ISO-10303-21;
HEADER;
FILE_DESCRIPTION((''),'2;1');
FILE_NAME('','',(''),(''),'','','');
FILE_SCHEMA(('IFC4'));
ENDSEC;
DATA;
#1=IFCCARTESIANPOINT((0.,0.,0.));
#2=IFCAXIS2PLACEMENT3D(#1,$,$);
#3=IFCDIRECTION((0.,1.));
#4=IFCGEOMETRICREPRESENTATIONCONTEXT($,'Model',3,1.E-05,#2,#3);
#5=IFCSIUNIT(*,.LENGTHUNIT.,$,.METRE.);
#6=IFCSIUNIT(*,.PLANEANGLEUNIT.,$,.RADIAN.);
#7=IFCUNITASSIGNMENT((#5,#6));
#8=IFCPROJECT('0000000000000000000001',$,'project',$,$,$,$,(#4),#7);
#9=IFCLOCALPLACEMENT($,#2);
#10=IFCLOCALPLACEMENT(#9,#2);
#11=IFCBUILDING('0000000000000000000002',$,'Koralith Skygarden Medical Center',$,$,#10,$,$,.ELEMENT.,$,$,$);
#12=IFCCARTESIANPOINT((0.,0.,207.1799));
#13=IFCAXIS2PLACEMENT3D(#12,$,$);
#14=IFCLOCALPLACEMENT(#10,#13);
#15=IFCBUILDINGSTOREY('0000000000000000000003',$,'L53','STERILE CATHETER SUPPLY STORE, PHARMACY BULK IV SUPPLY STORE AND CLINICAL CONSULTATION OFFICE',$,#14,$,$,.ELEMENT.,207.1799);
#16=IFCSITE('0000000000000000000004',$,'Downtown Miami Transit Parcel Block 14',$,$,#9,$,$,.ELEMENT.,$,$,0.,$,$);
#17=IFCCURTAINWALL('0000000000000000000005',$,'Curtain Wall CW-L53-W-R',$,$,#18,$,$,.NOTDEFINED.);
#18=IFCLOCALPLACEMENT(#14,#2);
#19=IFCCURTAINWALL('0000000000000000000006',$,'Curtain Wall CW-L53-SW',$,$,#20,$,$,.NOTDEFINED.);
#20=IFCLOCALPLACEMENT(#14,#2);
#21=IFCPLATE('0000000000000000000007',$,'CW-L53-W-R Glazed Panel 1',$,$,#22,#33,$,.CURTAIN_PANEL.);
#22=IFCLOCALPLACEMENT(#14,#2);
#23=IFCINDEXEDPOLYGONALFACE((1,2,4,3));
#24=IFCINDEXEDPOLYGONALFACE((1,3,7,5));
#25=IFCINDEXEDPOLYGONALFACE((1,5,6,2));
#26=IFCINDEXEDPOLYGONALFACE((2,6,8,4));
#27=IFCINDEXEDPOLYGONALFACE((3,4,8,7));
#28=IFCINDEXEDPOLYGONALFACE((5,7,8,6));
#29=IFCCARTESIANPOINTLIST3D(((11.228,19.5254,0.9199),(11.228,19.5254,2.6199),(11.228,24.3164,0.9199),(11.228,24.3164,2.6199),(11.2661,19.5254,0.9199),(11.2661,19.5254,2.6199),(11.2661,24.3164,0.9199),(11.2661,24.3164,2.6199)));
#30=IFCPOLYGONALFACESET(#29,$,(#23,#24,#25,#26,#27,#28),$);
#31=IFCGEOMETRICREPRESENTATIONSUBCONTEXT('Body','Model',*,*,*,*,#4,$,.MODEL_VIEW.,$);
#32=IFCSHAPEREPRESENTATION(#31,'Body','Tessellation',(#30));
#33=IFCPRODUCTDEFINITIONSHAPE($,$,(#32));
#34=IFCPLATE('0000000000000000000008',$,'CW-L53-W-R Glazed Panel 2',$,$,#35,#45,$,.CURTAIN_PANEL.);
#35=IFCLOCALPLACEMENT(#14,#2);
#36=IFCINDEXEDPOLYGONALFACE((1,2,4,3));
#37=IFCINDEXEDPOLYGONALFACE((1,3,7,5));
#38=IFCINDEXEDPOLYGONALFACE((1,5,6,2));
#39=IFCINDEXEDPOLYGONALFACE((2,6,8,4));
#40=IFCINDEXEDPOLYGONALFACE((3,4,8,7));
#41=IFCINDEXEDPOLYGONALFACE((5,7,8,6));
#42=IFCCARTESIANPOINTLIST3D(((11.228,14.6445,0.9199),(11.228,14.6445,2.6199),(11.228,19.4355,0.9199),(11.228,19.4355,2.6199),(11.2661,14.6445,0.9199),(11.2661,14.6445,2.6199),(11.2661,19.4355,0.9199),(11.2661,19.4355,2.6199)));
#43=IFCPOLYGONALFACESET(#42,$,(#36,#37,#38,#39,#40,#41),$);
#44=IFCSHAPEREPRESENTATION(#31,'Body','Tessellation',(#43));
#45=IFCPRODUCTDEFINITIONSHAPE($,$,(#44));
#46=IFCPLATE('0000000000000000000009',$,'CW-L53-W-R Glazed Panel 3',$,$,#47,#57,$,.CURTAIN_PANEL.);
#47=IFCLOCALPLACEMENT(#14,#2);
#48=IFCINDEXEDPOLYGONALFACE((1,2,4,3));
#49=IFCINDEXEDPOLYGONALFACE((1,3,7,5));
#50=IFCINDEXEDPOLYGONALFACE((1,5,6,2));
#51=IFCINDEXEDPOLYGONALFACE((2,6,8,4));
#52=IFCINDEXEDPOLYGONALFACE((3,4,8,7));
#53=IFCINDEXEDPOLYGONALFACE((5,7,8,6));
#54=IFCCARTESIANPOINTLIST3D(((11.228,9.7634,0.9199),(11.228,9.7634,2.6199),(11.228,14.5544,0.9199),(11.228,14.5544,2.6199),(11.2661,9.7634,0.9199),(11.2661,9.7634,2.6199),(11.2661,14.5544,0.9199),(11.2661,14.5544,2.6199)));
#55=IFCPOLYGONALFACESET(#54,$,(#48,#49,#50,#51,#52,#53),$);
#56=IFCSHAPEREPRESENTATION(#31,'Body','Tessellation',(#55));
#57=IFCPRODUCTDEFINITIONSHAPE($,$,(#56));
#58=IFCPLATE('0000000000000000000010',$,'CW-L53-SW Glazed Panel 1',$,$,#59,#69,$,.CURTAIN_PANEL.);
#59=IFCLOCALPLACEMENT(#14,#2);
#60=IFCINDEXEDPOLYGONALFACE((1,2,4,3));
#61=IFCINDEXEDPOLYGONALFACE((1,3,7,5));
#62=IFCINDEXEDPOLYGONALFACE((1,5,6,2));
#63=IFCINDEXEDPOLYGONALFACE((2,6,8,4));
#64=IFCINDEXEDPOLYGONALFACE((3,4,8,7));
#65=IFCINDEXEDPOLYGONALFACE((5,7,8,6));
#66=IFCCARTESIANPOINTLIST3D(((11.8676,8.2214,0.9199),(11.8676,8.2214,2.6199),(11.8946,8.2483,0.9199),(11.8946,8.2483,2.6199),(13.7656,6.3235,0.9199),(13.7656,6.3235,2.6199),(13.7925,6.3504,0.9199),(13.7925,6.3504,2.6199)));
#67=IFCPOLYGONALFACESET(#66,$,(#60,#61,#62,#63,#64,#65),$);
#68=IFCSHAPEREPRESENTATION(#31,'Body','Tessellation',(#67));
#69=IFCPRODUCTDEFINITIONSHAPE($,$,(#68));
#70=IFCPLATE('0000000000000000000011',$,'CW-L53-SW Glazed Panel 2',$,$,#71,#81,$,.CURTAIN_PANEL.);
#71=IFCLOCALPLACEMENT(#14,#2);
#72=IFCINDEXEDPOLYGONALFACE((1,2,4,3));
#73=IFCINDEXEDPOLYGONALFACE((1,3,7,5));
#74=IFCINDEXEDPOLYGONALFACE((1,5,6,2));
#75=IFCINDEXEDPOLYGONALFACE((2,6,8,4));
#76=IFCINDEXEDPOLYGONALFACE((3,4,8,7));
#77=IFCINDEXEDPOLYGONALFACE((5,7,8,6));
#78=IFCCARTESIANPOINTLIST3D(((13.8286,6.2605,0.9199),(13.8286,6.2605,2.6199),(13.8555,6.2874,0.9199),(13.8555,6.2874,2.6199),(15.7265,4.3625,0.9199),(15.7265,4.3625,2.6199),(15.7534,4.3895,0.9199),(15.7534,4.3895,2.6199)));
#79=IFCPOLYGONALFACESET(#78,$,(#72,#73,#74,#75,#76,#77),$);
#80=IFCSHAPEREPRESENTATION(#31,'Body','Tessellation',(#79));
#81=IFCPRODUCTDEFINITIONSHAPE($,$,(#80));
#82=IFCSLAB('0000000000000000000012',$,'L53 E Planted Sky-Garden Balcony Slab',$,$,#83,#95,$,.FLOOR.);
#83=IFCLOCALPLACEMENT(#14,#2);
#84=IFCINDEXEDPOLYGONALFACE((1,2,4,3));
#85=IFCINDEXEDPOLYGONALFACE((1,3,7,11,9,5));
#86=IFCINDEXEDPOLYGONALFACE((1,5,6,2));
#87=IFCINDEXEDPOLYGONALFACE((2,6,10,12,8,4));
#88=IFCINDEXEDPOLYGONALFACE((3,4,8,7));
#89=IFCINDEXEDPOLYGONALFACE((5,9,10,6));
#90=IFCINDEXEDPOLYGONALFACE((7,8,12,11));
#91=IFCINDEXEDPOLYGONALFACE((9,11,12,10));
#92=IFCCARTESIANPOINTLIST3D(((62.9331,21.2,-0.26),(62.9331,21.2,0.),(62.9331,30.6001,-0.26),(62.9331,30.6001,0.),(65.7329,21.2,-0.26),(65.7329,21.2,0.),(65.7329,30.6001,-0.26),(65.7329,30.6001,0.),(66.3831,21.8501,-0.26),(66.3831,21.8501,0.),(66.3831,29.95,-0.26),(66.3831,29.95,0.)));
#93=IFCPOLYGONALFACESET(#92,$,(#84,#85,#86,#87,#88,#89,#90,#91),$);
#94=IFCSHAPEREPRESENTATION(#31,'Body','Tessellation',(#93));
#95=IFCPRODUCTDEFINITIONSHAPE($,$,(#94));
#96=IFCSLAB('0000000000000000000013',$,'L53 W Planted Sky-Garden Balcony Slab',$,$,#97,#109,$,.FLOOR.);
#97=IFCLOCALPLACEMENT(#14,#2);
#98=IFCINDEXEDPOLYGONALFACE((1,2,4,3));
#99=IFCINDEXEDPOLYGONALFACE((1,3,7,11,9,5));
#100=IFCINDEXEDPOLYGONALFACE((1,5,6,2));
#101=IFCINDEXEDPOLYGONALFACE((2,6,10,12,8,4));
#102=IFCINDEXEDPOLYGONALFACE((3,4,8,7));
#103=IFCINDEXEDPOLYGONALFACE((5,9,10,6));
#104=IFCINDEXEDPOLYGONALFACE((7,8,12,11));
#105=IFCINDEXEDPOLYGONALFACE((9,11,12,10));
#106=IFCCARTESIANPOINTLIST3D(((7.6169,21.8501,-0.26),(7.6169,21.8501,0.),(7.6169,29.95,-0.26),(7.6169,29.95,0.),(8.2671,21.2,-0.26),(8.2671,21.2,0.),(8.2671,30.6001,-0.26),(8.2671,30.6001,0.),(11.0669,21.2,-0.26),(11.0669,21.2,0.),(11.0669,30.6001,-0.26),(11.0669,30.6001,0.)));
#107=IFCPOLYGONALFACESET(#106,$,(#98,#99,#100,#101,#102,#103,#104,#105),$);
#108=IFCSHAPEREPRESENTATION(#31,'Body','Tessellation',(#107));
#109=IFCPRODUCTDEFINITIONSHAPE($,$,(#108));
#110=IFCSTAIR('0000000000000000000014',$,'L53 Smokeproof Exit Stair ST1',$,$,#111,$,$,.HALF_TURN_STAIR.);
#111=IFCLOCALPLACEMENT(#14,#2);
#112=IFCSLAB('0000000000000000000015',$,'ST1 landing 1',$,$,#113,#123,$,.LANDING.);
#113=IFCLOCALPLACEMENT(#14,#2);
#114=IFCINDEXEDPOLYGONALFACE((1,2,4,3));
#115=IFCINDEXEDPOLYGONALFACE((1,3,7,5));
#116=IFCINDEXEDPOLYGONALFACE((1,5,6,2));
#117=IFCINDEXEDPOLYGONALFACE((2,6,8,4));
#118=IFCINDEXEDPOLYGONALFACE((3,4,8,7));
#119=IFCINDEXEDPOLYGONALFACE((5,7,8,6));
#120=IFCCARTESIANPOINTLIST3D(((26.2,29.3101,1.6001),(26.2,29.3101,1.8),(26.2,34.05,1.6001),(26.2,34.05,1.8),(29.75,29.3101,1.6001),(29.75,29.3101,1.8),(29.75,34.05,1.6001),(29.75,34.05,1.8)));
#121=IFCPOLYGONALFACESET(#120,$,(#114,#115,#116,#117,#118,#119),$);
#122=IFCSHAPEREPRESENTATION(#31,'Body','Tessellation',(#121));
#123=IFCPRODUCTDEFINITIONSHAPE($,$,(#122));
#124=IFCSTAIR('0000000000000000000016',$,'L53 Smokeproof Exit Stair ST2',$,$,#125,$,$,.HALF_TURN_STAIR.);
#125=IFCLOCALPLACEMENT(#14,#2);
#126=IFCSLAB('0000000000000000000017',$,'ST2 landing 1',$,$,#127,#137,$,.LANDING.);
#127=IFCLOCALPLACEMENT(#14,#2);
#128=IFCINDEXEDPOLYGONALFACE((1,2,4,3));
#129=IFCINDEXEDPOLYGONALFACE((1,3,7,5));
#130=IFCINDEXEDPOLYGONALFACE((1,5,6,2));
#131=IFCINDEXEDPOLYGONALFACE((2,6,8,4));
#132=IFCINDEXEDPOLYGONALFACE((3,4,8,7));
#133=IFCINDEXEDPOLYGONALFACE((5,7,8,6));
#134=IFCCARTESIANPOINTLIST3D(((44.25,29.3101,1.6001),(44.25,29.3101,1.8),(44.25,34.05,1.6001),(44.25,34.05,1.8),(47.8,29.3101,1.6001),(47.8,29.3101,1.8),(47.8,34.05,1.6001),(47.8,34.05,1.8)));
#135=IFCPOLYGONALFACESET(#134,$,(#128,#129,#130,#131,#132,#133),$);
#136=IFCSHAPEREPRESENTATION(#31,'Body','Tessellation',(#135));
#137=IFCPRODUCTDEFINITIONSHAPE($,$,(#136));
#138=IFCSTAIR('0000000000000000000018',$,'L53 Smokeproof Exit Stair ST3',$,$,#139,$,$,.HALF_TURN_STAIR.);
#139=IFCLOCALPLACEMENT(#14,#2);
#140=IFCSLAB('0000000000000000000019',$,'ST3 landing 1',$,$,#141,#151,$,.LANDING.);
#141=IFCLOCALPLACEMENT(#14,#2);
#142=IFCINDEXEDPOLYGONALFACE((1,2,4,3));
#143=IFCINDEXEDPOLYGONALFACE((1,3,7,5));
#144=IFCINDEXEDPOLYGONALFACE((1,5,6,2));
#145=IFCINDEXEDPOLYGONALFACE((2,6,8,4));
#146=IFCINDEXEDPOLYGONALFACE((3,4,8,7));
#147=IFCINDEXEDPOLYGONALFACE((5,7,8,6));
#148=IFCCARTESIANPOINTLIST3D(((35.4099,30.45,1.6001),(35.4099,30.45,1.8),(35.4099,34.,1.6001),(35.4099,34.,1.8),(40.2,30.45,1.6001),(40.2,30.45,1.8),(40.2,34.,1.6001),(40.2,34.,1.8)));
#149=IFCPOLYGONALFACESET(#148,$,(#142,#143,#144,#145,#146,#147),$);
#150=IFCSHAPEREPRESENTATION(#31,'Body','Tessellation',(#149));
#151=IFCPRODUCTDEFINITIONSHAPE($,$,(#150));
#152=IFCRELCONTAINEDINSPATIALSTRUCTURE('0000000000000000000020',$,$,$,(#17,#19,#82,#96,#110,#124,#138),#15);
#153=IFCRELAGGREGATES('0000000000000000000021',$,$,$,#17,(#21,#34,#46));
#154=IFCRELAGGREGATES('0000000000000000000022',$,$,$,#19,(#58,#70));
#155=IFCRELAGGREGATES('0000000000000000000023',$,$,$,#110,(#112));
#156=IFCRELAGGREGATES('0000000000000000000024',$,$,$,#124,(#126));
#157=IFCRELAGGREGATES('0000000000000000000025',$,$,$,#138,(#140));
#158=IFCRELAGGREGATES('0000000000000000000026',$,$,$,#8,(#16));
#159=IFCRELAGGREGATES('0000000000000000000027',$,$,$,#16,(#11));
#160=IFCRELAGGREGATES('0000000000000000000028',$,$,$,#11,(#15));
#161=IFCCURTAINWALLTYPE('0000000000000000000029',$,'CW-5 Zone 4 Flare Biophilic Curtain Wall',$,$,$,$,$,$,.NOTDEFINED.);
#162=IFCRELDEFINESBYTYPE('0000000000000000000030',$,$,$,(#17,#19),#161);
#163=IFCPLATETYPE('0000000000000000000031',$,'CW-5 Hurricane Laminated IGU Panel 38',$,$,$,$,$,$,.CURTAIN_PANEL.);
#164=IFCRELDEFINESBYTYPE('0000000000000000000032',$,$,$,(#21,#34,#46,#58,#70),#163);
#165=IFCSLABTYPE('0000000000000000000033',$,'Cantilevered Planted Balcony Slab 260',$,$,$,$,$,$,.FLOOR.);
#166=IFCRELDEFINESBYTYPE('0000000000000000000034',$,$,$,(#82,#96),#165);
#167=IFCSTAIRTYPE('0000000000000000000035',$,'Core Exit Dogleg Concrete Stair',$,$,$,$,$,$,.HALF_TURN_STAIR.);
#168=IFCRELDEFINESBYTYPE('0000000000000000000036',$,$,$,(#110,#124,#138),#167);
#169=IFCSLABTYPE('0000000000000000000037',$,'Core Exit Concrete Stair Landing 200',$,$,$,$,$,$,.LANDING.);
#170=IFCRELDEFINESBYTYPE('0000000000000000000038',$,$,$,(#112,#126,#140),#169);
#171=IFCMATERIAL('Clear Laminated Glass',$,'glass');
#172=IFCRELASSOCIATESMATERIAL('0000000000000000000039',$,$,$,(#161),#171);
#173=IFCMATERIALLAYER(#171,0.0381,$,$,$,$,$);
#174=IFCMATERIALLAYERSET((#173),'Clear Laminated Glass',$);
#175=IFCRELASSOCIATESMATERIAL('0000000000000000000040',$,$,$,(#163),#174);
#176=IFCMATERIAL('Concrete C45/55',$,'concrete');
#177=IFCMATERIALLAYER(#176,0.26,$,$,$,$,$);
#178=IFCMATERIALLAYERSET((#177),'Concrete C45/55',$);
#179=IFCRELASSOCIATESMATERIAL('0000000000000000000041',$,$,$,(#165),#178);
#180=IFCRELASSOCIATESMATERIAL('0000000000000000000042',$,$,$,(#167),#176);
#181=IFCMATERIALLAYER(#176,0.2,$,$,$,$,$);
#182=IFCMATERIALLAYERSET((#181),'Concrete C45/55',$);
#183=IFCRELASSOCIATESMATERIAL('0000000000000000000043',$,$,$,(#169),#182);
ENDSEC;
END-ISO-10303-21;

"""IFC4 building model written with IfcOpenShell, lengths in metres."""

from ifc_helpers import new_model, si_unit, direction, frame, origin, origin_2d, place, context, subcontext, project, spatial, polyline, rectangle, outline, extrude, material, layer, layer_set, type_object, element, aggregate, save


model = new_model("IFC4")

# Units and contexts
model_context = context("Model", 3, precision=1e-05, world=origin(), true_north=direction((0.0, 1.0)))
body_context = subcontext(model_context, "Body", "Model", "MODEL_VIEW")
ifc_project = project(units=[si_unit("LENGTHUNIT", "METRE"), si_unit("PLANEANGLEUNIT", "RADIAN")], contexts=[model_context])

# Site, building, storey
site_placement = place(None, origin())
site = spatial("IfcSite", under=ifc_project, at=site_placement, Name="Downtown Miami Transit Parcel Block 14", CompositionType="ELEMENT", RefElevation=0.0)
building_placement = place(site_placement, origin())
building = spatial("IfcBuilding", under=site, at=building_placement, Name="Koralith Skygarden Medical Center", CompositionType="ELEMENT")
storey_placement = place(building_placement, frame((0.0, 0.0, 207.1799)))
storey = spatial("IfcBuildingStorey", under=building, at=storey_placement, Name="L53", Description="STERILE CATHETER SUPPLY STORE, PHARMACY BULK IV SUPPLY STORE AND CLINICAL CONSULTATION OFFICE", CompositionType="ELEMENT", Elevation=207.1799)

# Curtain walls
ifc_material_1 = material(Name="Clear Laminated Glass", Category="glass")
curtain_wall_type = type_object("IfcCurtainWallType", Name="CW-5 Zone 4 Flare Biophilic Curtain Wall", PredefinedType="NOTDEFINED", material=ifc_material_1)
curtain_wall_1_placement = place(storey_placement, origin())
curtain_wall_1 = element("IfcCurtainWall", 1, at=curtain_wall_1_placement, inside=storey, type_object=curtain_wall_type, Name="Curtain Wall CW-L53-W-R", PredefinedType="NOTDEFINED")
curtain_wall_2_placement = place(storey_placement, origin())
curtain_wall_2 = element("IfcCurtainWall", 2, at=curtain_wall_2_placement, inside=storey, type_object=curtain_wall_type, Name="Curtain Wall CW-L53-SW", PredefinedType="NOTDEFINED")

# Shared definitions
ifc_material_2 = material(Name="Concrete C45/55", Category="concrete")

# Plates
ifc_layer_1 = layer(ifc_material_1, 0.0381)
ifc_layer_set_1 = layer_set([ifc_layer_1], Name="Clear Laminated Glass")
plate_type_1 = type_object("IfcPlateType", Name="CW-5 Hurricane Laminated IGU Panel 38", PredefinedType="CURTAIN_PANEL", material=ifc_layer_set_1)
plate_1_placement = place(storey_placement, frame((11.2471, 21.9209, 0.9199), z_axis=(0.0, 0.0, 1.0), x_axis=(0.0, -1.0, 0.0)))
plate_1 = element("IfcPlate", 3, at=plate_1_placement, type_object=plate_type_1, Name="CW-L53-W-R Glazed Panel 1", PredefinedType="CURTAIN_PANEL", context=body_context, shape_type="SweptSolid", body=[
    extrude(rectangle(XDim=4.791, YDim=0.0381, at=origin_2d()), origin(), (0.0, 0.0, 1.0), 1.7),
])
plate_2_placement = place(storey_placement, frame((11.2471, 17.04, 0.9199), z_axis=(0.0, 0.0, 1.0), x_axis=(0.0, -1.0, 0.0)))
plate_2 = element("IfcPlate", 4, at=plate_2_placement, type_object=plate_type_1, Name="CW-L53-W-R Glazed Panel 2", PredefinedType="CURTAIN_PANEL", context=body_context, shape_type="SweptSolid", body=[
    extrude(rectangle(XDim=4.791, YDim=0.0381, at=origin_2d()), origin(), (0.0, 0.0, 1.0), 1.7),
])
plate_3_placement = place(storey_placement, frame((11.2471, 12.1589, 0.9199), z_axis=(0.0, 0.0, 1.0), x_axis=(0.0, -1.0, 0.0)))
plate_3 = element("IfcPlate", 5, at=plate_3_placement, type_object=plate_type_1, Name="CW-L53-W-R Glazed Panel 3", PredefinedType="CURTAIN_PANEL", context=body_context, shape_type="SweptSolid", body=[
    extrude(rectangle(XDim=4.791, YDim=0.0381, at=origin_2d()), origin(), (0.0, 0.0, 1.0), 1.7),
])
aggregate(curtain_wall_1, [plate_1, plate_2, plate_3])
plate_4_placement = place(storey_placement, frame((12.8301, 7.2859, 0.9199), z_axis=(0.0, 0.0, 1.0), x_axis=(0.707107, -0.707107, 0.0)))
plate_4 = element("IfcPlate", 6, at=plate_4_placement, type_object=plate_type_1, Name="CW-L53-SW Glazed Panel 1", PredefinedType="CURTAIN_PANEL", context=body_context, shape_type="SweptSolid", body=[
    extrude(rectangle(XDim=2.6841, YDim=0.0381, at=origin_2d()), origin(), (0.0, 0.0, 1.0), 1.7),
])
plate_5_placement = place(storey_placement, frame((14.791, 5.325, 0.9199), z_axis=(0.0, 0.0, 1.0), x_axis=(0.707107, -0.707107, 0.0)))
plate_5 = element("IfcPlate", 7, at=plate_5_placement, type_object=plate_type_1, Name="CW-L53-SW Glazed Panel 2", PredefinedType="CURTAIN_PANEL", context=body_context, shape_type="SweptSolid", body=[
    extrude(rectangle(XDim=2.6841, YDim=0.0381, at=origin_2d()), origin(), (0.0, 0.0, 1.0), 1.7),
])
aggregate(curtain_wall_2, [plate_4, plate_5])

# Slabs
ifc_layer_2 = layer(ifc_material_2, 0.26)
ifc_layer_set_2 = layer_set([ifc_layer_2], Name="Concrete C45/55")
slab_type_1 = type_object("IfcSlabType", Name="Cantilevered Planted Balcony Slab 260", PredefinedType="FLOOR", material=ifc_layer_set_2)
slab_1_placement = place(storey_placement, frame((0.0, 0.0, -0.26)))
element("IfcSlab", 8, at=slab_1_placement, inside=storey, type_object=slab_type_1, Name="L53 E Planted Sky-Garden Balcony Slab", PredefinedType="FLOOR", context=body_context, shape_type="SweptSolid", body=[
    extrude(outline(polyline([(62.9331, 21.2), (65.7329, 21.2), (66.3831, 21.8501), (66.3831, 29.95), (65.7329, 30.6001), (62.9331, 30.6001), (62.9331, 21.2)])), origin(), (0.0, 0.0, 1.0), 0.26),
])
slab_2_placement = place(storey_placement, frame((0.0, 0.0, -0.26)))
element("IfcSlab", 9, at=slab_2_placement, inside=storey, type_object=slab_type_1, Name="L53 W Planted Sky-Garden Balcony Slab", PredefinedType="FLOOR", context=body_context, shape_type="SweptSolid", body=[
    extrude(outline(polyline([(8.2671, 21.2), (11.0669, 21.2), (11.0669, 30.6001), (8.2671, 30.6001), (7.6169, 29.95), (7.6169, 21.8501), (8.2671, 21.2)])), origin(), (0.0, 0.0, 1.0), 0.26),
])

# Stairs, slabs
stair_type = type_object("IfcStairType", Name="Core Exit Dogleg Concrete Stair", PredefinedType="HALF_TURN_STAIR", material=ifc_material_2)
stair_1_placement = place(storey_placement, origin())
stair_1 = element("IfcStair", 10, at=stair_1_placement, inside=storey, type_object=stair_type, Name="L53 Smokeproof Exit Stair ST1", PredefinedType="HALF_TURN_STAIR")
ifc_layer_3 = layer(ifc_material_2, 0.2)
ifc_layer_set_3 = layer_set([ifc_layer_3], Name="Concrete C45/55")
slab_type_2 = type_object("IfcSlabType", Name="Core Exit Concrete Stair Landing 200", PredefinedType="LANDING", material=ifc_layer_set_3)
slab_3_placement = place(storey_placement, frame((0.0, 0.0, 1.6001)))
slab_3 = element("IfcSlab", 11, at=slab_3_placement, type_object=slab_type_2, Name="ST1 landing 1", PredefinedType="LANDING", context=body_context, shape_type="SweptSolid", body=[
    extrude(outline(polyline([(29.75, 29.3101), (29.75, 34.05), (26.2, 34.05), (26.2, 29.3101), (29.75, 29.3101)])), origin(), (0.0, 0.0, 1.0), 0.2),
])
aggregate(stair_1, [slab_3])
stair_2_placement = place(storey_placement, origin())
stair_2 = element("IfcStair", 12, at=stair_2_placement, inside=storey, type_object=stair_type, Name="L53 Smokeproof Exit Stair ST2", PredefinedType="HALF_TURN_STAIR")
slab_4_placement = place(storey_placement, frame((0.0, 0.0, 1.6001)))
slab_4 = element("IfcSlab", 13, at=slab_4_placement, type_object=slab_type_2, Name="ST2 landing 1", PredefinedType="LANDING", context=body_context, shape_type="SweptSolid", body=[
    extrude(outline(polyline([(47.8, 29.3101), (47.8, 34.05), (44.25, 34.05), (44.25, 29.3101), (47.8, 29.3101)])), origin(), (0.0, 0.0, 1.0), 0.2),
])
aggregate(stair_2, [slab_4])
stair_3_placement = place(storey_placement, origin())
stair_3 = element("IfcStair", 14, at=stair_3_placement, inside=storey, type_object=stair_type, Name="L53 Smokeproof Exit Stair ST3", PredefinedType="HALF_TURN_STAIR")
slab_5_placement = place(storey_placement, frame((0.0, 0.0, 1.6001)))
slab_5 = element("IfcSlab", 15, at=slab_5_placement, type_object=slab_type_2, Name="ST3 landing 1", PredefinedType="LANDING", context=body_context, shape_type="SweptSolid", body=[
    extrude(outline(polyline([(35.4099, 30.45), (40.2, 30.45), (40.2, 34.0), (35.4099, 34.0), (35.4099, 30.45)])), origin(), (0.0, 0.0, 1.0), 0.2),
])
aggregate(stair_3, [slab_5])

save(model, "model.ifc")
